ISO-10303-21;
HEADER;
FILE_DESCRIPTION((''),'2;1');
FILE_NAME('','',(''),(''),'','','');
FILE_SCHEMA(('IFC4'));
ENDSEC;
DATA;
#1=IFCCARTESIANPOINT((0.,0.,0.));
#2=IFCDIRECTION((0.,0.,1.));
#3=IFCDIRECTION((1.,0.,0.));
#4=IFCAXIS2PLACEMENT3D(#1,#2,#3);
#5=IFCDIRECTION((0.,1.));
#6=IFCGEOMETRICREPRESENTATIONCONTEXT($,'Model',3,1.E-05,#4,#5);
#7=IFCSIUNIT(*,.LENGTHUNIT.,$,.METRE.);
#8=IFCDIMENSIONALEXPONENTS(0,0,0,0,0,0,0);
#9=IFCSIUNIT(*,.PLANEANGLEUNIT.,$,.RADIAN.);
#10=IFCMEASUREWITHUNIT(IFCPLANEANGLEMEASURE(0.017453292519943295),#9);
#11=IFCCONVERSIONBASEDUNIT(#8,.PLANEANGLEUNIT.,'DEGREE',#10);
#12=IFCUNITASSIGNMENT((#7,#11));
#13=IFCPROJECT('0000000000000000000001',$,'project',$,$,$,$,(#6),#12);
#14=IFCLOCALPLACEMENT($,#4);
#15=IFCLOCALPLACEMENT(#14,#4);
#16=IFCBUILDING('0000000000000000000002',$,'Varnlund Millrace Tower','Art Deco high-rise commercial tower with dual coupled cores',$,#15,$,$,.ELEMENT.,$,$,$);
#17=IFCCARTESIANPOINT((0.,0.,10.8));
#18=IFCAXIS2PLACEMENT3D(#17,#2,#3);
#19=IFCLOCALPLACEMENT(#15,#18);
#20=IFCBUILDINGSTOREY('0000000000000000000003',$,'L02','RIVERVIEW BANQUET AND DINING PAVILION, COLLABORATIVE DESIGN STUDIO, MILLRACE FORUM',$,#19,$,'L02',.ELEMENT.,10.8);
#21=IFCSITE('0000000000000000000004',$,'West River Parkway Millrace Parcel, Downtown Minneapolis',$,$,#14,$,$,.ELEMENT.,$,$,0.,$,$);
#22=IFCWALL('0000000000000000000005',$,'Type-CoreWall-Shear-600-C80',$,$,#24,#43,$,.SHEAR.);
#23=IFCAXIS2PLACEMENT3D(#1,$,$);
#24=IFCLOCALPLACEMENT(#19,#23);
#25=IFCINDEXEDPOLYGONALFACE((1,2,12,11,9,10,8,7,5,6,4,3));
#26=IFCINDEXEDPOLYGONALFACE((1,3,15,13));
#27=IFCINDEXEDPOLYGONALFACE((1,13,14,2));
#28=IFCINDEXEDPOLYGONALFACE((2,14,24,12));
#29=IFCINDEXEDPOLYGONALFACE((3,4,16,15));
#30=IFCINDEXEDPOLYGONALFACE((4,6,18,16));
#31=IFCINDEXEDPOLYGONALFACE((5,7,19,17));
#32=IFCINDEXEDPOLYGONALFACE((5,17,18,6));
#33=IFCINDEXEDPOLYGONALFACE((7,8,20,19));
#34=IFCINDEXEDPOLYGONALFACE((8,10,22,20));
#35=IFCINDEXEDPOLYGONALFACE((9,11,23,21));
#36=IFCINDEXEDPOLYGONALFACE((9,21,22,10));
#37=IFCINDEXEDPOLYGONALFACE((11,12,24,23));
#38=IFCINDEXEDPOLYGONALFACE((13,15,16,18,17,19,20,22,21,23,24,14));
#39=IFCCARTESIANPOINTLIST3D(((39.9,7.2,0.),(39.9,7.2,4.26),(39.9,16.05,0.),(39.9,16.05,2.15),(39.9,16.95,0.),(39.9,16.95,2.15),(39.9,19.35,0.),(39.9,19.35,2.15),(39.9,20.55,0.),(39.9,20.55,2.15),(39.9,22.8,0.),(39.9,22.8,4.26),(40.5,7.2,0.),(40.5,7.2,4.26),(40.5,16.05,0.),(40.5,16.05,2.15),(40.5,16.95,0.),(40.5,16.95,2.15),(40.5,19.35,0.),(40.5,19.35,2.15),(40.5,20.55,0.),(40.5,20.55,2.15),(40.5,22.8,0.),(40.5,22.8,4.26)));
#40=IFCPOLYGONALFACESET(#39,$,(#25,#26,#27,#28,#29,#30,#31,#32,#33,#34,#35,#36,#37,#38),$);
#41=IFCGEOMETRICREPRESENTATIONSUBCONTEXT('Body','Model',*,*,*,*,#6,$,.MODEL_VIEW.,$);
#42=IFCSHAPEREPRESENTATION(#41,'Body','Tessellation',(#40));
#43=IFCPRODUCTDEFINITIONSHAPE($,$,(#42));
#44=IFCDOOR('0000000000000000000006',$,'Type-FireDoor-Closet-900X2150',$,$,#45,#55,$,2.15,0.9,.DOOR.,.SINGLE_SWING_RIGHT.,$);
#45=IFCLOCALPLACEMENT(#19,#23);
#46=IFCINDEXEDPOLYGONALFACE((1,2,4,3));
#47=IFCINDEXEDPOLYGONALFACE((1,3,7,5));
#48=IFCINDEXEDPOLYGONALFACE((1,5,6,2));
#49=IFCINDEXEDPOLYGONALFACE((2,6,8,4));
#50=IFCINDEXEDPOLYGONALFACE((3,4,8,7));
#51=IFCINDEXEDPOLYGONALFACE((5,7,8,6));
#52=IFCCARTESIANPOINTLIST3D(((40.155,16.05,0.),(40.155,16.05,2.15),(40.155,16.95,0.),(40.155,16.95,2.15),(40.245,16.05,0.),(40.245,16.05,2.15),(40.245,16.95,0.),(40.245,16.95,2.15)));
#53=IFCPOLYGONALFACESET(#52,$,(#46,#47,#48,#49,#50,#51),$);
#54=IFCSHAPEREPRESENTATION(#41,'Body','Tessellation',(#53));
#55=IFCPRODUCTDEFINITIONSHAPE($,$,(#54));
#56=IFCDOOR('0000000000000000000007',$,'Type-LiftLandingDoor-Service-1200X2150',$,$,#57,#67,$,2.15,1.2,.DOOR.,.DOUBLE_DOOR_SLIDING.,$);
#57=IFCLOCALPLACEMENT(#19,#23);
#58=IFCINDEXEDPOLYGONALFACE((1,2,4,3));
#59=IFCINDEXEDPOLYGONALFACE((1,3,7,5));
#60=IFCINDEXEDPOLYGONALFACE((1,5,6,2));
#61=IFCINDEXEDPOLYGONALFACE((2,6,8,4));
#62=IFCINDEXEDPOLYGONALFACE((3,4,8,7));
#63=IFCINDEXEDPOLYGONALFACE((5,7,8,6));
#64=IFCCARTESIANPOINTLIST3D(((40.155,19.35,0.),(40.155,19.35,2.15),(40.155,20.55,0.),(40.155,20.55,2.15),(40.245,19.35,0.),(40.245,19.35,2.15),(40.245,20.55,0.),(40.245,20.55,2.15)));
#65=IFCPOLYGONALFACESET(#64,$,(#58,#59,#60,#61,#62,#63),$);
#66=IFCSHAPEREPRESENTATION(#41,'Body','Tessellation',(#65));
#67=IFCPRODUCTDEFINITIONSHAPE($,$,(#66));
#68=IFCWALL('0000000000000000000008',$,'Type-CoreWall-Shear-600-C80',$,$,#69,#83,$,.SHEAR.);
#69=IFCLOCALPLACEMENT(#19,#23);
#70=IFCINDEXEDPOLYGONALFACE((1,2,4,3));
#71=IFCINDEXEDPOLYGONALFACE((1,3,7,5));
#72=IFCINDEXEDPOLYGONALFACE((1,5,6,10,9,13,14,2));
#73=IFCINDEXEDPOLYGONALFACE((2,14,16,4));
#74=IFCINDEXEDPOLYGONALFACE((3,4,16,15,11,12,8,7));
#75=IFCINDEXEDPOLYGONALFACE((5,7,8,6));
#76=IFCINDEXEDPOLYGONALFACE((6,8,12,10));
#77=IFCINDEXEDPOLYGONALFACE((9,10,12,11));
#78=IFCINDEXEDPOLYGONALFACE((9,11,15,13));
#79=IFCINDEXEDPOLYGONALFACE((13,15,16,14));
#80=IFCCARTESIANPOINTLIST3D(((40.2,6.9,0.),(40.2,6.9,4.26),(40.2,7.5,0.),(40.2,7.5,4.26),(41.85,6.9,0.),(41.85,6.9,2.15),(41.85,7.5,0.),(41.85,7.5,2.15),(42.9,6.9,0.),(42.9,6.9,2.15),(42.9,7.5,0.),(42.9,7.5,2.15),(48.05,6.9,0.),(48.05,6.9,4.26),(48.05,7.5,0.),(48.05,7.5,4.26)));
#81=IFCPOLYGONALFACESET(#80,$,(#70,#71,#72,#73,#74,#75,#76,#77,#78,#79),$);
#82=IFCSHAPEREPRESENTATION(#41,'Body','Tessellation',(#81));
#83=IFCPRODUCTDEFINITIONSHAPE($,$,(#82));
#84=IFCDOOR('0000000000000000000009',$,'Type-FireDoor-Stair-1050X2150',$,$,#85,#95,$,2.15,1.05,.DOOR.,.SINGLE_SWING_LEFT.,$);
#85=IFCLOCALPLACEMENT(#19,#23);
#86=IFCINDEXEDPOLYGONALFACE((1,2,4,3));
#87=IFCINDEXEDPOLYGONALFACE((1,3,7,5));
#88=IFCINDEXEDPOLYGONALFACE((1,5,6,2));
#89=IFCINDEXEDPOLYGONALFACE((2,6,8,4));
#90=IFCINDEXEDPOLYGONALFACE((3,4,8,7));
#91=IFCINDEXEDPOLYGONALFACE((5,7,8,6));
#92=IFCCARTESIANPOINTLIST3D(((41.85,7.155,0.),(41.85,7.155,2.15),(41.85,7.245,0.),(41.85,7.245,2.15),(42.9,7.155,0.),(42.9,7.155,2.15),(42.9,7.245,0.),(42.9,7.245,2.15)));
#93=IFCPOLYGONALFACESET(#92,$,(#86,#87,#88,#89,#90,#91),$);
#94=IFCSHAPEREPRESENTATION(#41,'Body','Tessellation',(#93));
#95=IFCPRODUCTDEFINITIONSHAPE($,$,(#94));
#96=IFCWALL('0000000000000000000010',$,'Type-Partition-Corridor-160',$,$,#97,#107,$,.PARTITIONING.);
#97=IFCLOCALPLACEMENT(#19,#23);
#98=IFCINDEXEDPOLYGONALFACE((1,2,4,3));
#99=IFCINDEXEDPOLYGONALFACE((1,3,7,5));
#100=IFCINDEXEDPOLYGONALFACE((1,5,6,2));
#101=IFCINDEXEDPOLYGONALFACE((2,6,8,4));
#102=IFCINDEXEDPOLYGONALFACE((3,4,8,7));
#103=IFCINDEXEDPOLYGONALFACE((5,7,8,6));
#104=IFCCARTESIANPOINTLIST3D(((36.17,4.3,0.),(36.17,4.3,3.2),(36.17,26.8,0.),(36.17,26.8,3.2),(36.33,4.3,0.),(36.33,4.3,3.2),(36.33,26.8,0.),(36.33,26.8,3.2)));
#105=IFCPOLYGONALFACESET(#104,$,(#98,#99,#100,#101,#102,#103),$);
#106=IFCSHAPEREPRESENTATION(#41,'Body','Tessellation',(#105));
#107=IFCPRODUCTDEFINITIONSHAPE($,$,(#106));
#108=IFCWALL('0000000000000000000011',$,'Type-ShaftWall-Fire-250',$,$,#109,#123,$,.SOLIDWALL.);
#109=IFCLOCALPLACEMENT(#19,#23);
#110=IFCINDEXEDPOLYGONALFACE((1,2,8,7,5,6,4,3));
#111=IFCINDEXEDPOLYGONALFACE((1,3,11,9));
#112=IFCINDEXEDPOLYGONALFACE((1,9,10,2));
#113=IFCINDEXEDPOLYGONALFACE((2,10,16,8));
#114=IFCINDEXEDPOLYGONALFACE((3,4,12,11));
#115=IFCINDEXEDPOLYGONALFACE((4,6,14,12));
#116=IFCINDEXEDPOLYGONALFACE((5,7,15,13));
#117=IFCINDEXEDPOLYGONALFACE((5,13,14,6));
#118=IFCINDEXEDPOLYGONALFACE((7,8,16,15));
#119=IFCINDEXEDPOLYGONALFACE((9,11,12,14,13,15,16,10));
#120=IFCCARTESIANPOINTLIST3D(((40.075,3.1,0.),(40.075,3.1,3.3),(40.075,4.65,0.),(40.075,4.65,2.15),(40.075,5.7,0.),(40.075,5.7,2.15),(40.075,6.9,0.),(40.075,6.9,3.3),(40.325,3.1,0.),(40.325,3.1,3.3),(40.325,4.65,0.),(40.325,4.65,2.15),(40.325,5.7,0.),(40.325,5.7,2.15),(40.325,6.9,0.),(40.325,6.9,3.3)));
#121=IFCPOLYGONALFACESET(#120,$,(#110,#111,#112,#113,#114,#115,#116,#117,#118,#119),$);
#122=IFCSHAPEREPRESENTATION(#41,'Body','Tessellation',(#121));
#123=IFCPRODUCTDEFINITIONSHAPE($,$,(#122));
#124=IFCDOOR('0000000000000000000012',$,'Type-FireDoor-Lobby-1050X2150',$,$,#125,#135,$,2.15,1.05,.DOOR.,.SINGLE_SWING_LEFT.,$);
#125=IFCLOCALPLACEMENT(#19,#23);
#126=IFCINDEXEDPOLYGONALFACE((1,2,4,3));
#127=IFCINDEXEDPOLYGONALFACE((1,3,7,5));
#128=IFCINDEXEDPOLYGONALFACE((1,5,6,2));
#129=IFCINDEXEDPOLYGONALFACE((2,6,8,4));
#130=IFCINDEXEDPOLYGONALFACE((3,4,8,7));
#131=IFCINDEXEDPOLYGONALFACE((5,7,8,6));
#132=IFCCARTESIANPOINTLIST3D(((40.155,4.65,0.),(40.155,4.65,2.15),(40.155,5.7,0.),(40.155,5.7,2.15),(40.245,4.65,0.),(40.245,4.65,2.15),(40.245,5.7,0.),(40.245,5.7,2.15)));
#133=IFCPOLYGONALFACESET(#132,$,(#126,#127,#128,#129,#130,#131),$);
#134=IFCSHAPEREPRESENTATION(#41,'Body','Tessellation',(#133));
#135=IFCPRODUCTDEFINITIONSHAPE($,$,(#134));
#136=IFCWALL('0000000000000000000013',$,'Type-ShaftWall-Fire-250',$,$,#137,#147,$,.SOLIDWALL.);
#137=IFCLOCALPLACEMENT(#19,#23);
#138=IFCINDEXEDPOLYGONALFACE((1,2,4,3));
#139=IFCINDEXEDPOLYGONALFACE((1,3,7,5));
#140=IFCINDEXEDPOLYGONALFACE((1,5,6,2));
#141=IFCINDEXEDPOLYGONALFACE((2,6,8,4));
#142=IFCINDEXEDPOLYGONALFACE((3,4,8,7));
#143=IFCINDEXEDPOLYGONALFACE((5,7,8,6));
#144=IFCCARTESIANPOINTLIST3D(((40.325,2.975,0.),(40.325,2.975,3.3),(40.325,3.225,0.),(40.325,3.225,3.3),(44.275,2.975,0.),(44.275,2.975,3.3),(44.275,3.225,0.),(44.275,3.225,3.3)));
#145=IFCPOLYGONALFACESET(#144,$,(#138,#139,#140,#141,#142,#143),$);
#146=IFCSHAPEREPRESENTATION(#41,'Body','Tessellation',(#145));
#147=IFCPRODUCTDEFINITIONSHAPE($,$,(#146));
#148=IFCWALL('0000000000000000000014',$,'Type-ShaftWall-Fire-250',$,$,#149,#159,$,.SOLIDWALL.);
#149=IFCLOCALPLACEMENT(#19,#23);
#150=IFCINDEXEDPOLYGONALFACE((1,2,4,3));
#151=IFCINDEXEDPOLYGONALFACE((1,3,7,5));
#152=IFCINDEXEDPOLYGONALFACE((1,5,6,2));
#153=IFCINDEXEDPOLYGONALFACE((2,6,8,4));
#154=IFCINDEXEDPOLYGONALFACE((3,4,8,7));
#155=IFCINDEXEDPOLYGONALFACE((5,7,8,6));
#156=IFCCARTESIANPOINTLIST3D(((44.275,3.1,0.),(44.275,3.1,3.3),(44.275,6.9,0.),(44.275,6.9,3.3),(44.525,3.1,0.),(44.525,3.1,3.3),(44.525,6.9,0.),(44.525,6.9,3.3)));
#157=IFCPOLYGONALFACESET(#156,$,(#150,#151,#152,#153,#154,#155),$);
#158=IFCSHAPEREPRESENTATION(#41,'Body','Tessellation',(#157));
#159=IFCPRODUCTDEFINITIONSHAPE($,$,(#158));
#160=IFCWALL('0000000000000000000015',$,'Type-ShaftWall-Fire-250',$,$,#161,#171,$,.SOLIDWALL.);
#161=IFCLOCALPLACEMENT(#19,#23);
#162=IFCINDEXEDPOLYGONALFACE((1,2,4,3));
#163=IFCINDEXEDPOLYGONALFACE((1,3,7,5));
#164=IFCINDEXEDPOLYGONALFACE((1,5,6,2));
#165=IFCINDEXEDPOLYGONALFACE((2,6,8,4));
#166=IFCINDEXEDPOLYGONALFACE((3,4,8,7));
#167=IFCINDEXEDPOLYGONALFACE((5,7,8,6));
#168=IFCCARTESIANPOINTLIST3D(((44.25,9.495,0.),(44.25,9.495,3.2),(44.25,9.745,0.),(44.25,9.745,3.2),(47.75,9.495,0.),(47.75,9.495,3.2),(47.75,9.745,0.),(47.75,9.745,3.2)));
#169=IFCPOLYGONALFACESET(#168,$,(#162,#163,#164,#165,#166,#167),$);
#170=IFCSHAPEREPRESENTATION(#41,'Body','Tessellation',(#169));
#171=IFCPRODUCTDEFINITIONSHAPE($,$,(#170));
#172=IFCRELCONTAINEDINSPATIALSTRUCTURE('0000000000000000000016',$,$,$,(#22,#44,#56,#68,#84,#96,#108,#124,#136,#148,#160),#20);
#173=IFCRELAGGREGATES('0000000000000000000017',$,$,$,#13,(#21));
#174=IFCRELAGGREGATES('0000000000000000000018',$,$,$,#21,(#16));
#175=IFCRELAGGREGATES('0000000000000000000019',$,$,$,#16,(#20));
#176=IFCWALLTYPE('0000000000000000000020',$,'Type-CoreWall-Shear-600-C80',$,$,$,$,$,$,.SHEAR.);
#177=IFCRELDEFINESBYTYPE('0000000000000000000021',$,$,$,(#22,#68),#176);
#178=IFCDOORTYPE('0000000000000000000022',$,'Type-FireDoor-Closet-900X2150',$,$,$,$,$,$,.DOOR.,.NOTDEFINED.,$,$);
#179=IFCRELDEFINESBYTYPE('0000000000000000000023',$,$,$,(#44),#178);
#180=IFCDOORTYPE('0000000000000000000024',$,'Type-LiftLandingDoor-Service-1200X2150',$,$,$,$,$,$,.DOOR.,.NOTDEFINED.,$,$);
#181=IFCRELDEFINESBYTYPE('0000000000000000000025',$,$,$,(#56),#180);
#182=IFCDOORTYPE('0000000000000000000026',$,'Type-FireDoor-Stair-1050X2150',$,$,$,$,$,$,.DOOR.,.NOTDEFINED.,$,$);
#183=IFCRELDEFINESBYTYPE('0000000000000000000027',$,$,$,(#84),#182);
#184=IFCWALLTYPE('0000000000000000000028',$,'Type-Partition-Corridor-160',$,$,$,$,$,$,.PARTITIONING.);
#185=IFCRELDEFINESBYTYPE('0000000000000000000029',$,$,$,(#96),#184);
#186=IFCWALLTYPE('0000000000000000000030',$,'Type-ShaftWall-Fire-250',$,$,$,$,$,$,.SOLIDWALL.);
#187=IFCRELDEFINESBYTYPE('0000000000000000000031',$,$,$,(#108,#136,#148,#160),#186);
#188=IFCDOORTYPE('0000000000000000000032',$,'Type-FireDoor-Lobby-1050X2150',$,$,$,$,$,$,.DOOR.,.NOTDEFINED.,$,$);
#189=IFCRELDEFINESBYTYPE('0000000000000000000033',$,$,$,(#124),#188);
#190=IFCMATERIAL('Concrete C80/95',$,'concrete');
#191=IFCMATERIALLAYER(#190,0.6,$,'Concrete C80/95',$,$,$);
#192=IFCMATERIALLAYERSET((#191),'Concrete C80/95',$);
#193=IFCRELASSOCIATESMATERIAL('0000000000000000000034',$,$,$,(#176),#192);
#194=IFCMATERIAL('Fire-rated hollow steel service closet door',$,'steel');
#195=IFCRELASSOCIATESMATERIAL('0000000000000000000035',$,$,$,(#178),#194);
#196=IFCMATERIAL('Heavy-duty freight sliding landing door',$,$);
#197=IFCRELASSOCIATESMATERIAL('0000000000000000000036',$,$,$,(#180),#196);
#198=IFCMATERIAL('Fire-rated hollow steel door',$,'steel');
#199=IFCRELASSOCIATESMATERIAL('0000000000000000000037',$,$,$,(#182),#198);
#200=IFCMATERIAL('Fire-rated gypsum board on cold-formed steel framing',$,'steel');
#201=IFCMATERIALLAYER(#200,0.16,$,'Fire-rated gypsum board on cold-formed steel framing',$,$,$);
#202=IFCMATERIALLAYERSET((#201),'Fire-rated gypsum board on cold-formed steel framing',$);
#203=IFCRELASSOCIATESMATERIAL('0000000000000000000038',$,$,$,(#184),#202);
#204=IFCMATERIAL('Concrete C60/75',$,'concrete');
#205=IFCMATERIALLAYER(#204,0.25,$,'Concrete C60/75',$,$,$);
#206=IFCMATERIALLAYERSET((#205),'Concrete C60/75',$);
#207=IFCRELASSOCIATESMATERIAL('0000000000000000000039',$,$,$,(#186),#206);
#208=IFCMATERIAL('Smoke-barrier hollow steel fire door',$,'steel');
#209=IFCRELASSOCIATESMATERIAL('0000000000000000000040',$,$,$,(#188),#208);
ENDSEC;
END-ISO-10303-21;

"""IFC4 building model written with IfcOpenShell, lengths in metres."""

from ifc_helpers import new_model, entity, si_unit, converted_unit, direction, frame, origin_with_axes, origin_2d_with_axis, place, context, subcontext, project, spatial, polyline, rectangle, outline, extrude, material, layer, layer_set, type_object, element, fill, save


model = new_model("IFC4")

# Units and contexts
model_context = context("Model", 3, precision=1e-05, world=origin_with_axes(), true_north=direction((0.0, 1.0)))
body_context = subcontext(model_context, "Body", "Model", "MODEL_VIEW")
ifc_project = project(units=[si_unit("LENGTHUNIT", "METRE"), converted_unit("PLANEANGLEUNIT", "DEGREE", entity("IfcPlaneAngleMeasure", 0.017453292519943295), si_unit("PLANEANGLEUNIT", "RADIAN"), dimensions=[0, 0, 0, 0, 0, 0, 0])], contexts=[model_context])

# Site, building, storey
site_placement = place(None, origin_with_axes())
site = spatial("IfcSite", under=ifc_project, at=site_placement, Name="West River Parkway Millrace Parcel, Downtown Minneapolis", CompositionType="ELEMENT", RefElevation=0.0)
building_placement = place(site_placement, origin_with_axes())
building = spatial("IfcBuilding", under=site, at=building_placement, Name="Varnlund Millrace Tower", Description="Art Deco high-rise commercial tower with dual coupled cores", CompositionType="ELEMENT")
storey_placement = place(building_placement, frame((0.0, 0.0, 10.8), z_axis=(0.0, 0.0, 1.0), x_axis=(1.0, 0.0, 0.0)))
storey = spatial("IfcBuildingStorey", under=building, at=storey_placement, Name="L02", Description="RIVERVIEW BANQUET AND DINING PAVILION, COLLABORATIVE DESIGN STUDIO, MILLRACE FORUM", LongName="L02", CompositionType="ELEMENT", Elevation=10.8)

# Shared definitions
ifc_material_1 = material(Name="Concrete C80/95", Category="concrete")

# Wall, openings, doors
ifc_layer_1 = layer(ifc_material_1, 0.6, Name="Concrete C80/95")
ifc_layer_set_1 = layer_set([ifc_layer_1], Name="Concrete C80/95")
wall_type_1 = type_object("IfcWallType", Name="Type-CoreWall-Shear-600-C80", PredefinedType="SHEAR", material=ifc_layer_set_1)
wall_1_placement = place(storey_placement, frame((40.2, 7.2, 0.0), z_axis=(0.0, 0.0, 1.0), x_axis=(0.0, 1.0, 0.0)))
wall_1 = element("IfcWall", 1, at=wall_1_placement, inside=storey, type_object=wall_type_1, Name="Type-CoreWall-Shear-600-C80", PredefinedType="SHEAR", context=body_context, shape_type="SweptSolid", body=[
    extrude(outline(polyline([(0.0, -0.3), (15.6, -0.3), (15.6, 0.3), (0.0, 0.3), (0.0, -0.3)])), origin_with_axes(), (0.0, 0.0, 1.0), 4.26),
])
opening_1_placement = place(wall_1_placement, frame((12.75, 0.0, 0.0), z_axis=(0.0, 0.0, 1.0), x_axis=(1.0, 0.0, 0.0)))
opening_1 = element("IfcOpeningElement", 2, at=opening_1_placement, cuts=wall_1, PredefinedType="OPENING", context=body_context, shape_type="SweptSolid", body=[
    extrude(rectangle(XDim=1.2, YDim=0.62, at=origin_2d_with_axis()), origin_with_axes(), (0.0, 0.0, 1.0), 2.15),
])
opening_2_placement = place(wall_1_placement, frame((9.3, 0.0, 0.0), z_axis=(0.0, 0.0, 1.0), x_axis=(1.0, 0.0, 0.0)))
opening_2 = element("IfcOpeningElement", 3, at=opening_2_placement, cuts=wall_1, PredefinedType="OPENING", context=body_context, shape_type="SweptSolid", body=[
    extrude(rectangle(XDim=0.9, YDim=0.62, at=origin_2d_with_axis()), origin_with_axes(), (0.0, 0.0, 1.0), 2.15),
])
ifc_material_2 = material(Name="Fire-rated hollow steel service closet door", Category="steel")
door_type_1 = type_object("IfcDoorType", Name="Type-FireDoor-Closet-900X2150", OperationType="NOTDEFINED", PredefinedType="DOOR", material=ifc_material_2)
door_1_placement = place(wall_1_placement, frame((9.3, 0.0, 0.0), z_axis=(0.0, 0.0, 1.0), x_axis=(1.0, 0.0, 0.0)))
door_1 = element("IfcDoor", 4, at=door_1_placement, inside=storey, type_object=door_type_1, Name="Type-FireDoor-Closet-900X2150", OperationType="SINGLE_SWING_RIGHT", OverallHeight=2.15, OverallWidth=0.9, PredefinedType="DOOR", context=body_context, shape_type="SweptSolid", body=[
    extrude(rectangle(XDim=0.9, YDim=0.09, at=origin_2d_with_axis()), origin_with_axes(), (0.0, 0.0, 1.0), 2.15),
])
fill(opening_2, door_1)
ifc_material_3 = material(Name="Heavy-duty freight sliding landing door")
door_type_2 = type_object("IfcDoorType", Name="Type-LiftLandingDoor-Service-1200X2150", OperationType="NOTDEFINED", PredefinedType="DOOR", material=ifc_material_3)
door_2_placement = place(wall_1_placement, frame((12.75, 0.0, 0.0), z_axis=(0.0, 0.0, 1.0), x_axis=(1.0, 0.0, 0.0)))
door_2 = element("IfcDoor", 5, at=door_2_placement, inside=storey, type_object=door_type_2, Name="Type-LiftLandingDoor-Service-1200X2150", OperationType="DOUBLE_DOOR_SLIDING", OverallHeight=2.15, OverallWidth=1.2, PredefinedType="DOOR", context=body_context, shape_type="SweptSolid", body=[
    extrude(rectangle(XDim=1.2, YDim=0.09, at=origin_2d_with_axis()), origin_with_axes(), (0.0, 0.0, 1.0), 2.15),
])
fill(opening_1, door_2)

# Wall, opening, door
wall_2_placement = place(storey_placement, frame((40.2, 7.2, 0.0), z_axis=(0.0, 0.0, 1.0), x_axis=(1.0, 0.0, 0.0)))
wall_2 = element("IfcWall", 6, at=wall_2_placement, inside=storey, type_object=wall_type_1, Name="Type-CoreWall-Shear-600-C80", PredefinedType="SHEAR", context=body_context, shape_type="SweptSolid", body=[
    extrude(outline(polyline([(0.0, -0.3), (7.85, -0.3), (7.85, 0.3), (0.0, 0.3), (0.0, -0.3)])), origin_with_axes(), (0.0, 0.0, 1.0), 4.26),
])
opening_3_placement = place(wall_2_placement, frame((2.175, 0.0, 0.0), z_axis=(0.0, 0.0, 1.0), x_axis=(1.0, 0.0, 0.0)))
opening_3 = element("IfcOpeningElement", 7, at=opening_3_placement, cuts=wall_2, PredefinedType="OPENING", context=body_context, shape_type="SweptSolid", body=[
    extrude(rectangle(XDim=1.05, YDim=0.62, at=origin_2d_with_axis()), origin_with_axes(), (0.0, 0.0, 1.0), 2.15),
])
ifc_material_4 = material(Name="Fire-rated hollow steel door", Category="steel")
door_type_3 = type_object("IfcDoorType", Name="Type-FireDoor-Stair-1050X2150", OperationType="NOTDEFINED", PredefinedType="DOOR", material=ifc_material_4)
door_3_placement = place(wall_2_placement, frame((2.175, 0.0, 0.0), z_axis=(0.0, 0.0, 1.0), x_axis=(1.0, 0.0, 0.0)))
door_3 = element("IfcDoor", 8, at=door_3_placement, inside=storey, type_object=door_type_3, Name="Type-FireDoor-Stair-1050X2150", OperationType="SINGLE_SWING_LEFT", OverallHeight=2.15, OverallWidth=1.05, PredefinedType="DOOR", context=body_context, shape_type="SweptSolid", body=[
    extrude(rectangle(XDim=1.05, YDim=0.09, at=origin_2d_with_axis()), origin_with_axes(), (0.0, 0.0, 1.0), 2.15),
])
fill(opening_3, door_3)

# Wall
ifc_material_5 = material(Name="Fire-rated gypsum board on cold-formed steel framing", Category="steel")
ifc_layer_2 = layer(ifc_material_5, 0.16, Name="Fire-rated gypsum board on cold-formed steel framing")
ifc_layer_set_2 = layer_set([ifc_layer_2], Name="Fire-rated gypsum board on cold-formed steel framing")
wall_type_2 = type_object("IfcWallType", Name="Type-Partition-Corridor-160", PredefinedType="PARTITIONING", material=ifc_layer_set_2)
wall_3_placement = place(storey_placement, frame((36.25, 4.3, 0.0), z_axis=(0.0, 0.0, 1.0), x_axis=(0.0, 1.0, 0.0)))
element("IfcWall", 9, at=wall_3_placement, inside=storey, type_object=wall_type_2, Name="Type-Partition-Corridor-160", PredefinedType="PARTITIONING", context=body_context, shape_type="SweptSolid", body=[
    extrude(outline(polyline([(0.0, -0.08), (22.5, -0.08), (22.5, 0.08), (0.0, 0.08), (0.0, -0.08)])), origin_with_axes(), (0.0, 0.0, 1.0), 3.2),
])

# Wall, opening, door
ifc_material_6 = material(Name="Concrete C60/75", Category="concrete")
ifc_layer_3 = layer(ifc_material_6, 0.25, Name="Concrete C60/75")
ifc_layer_set_3 = layer_set([ifc_layer_3], Name="Concrete C60/75")
wall_type_3 = type_object("IfcWallType", Name="Type-ShaftWall-Fire-250", PredefinedType="SOLIDWALL", material=ifc_layer_set_3)
wall_4_placement = place(storey_placement, frame((40.2, 3.1, 0.0), z_axis=(0.0, 0.0, 1.0), x_axis=(0.0, 1.0, 0.0)))
wall_4 = element("IfcWall", 10, at=wall_4_placement, inside=storey, type_object=wall_type_3, Name="Type-ShaftWall-Fire-250", PredefinedType="SOLIDWALL", context=body_context, shape_type="SweptSolid", body=[
    extrude(outline(polyline([(0.0, -0.125), (3.8, -0.125), (3.8, 0.125), (0.0, 0.125), (0.0, -0.125)])), origin_with_axes(), (0.0, 0.0, 1.0), 3.3),
])
opening_4_placement = place(wall_4_placement, frame((2.075, 0.0, 0.0), z_axis=(0.0, 0.0, 1.0), x_axis=(1.0, 0.0, 0.0)))
opening_4 = element("IfcOpeningElement", 11, at=opening_4_placement, cuts=wall_4, PredefinedType="OPENING", context=body_context, shape_type="SweptSolid", body=[
    extrude(rectangle(XDim=1.05, YDim=0.27, at=origin_2d_with_axis()), origin_with_axes(), (0.0, 0.0, 1.0), 2.15),
])
ifc_material_7 = material(Name="Smoke-barrier hollow steel fire door", Category="steel")
door_type_4 = type_object("IfcDoorType", Name="Type-FireDoor-Lobby-1050X2150", OperationType="NOTDEFINED", PredefinedType="DOOR", material=ifc_material_7)
door_4_placement = place(wall_4_placement, frame((2.075, 0.0, 0.0), z_axis=(0.0, 0.0, 1.0), x_axis=(1.0, 0.0, 0.0)))
door_4 = element("IfcDoor", 12, at=door_4_placement, inside=storey, type_object=door_type_4, Name="Type-FireDoor-Lobby-1050X2150", OperationType="SINGLE_SWING_LEFT", OverallHeight=2.15, OverallWidth=1.05, PredefinedType="DOOR", context=body_context, shape_type="SweptSolid", body=[
    extrude(rectangle(XDim=1.05, YDim=0.09, at=origin_2d_with_axis()), origin_with_axes(), (0.0, 0.0, 1.0), 2.15),
])
fill(opening_4, door_4)

# Walls
wall_5_placement = place(storey_placement, frame((40.325, 3.1, 0.0), z_axis=(0.0, 0.0, 1.0), x_axis=(1.0, 0.0, 0.0)))
element("IfcWall", 13, at=wall_5_placement, inside=storey, type_object=wall_type_3, Name="Type-ShaftWall-Fire-250", PredefinedType="SOLIDWALL", context=body_context, shape_type="SweptSolid", body=[
    extrude(outline(polyline([(0.0, -0.125), (3.95, -0.125), (3.95, 0.125), (0.0, 0.125), (0.0, -0.125)])), origin_with_axes(), (0.0, 0.0, 1.0), 3.3),
])
wall_6_placement = place(storey_placement, frame((44.4, 3.1, 0.0), z_axis=(0.0, 0.0, 1.0), x_axis=(0.0, 1.0, 0.0)))
element("IfcWall", 14, at=wall_6_placement, inside=storey, type_object=wall_type_3, Name="Type-ShaftWall-Fire-250", PredefinedType="SOLIDWALL", context=body_context, shape_type="SweptSolid", body=[
    extrude(outline(polyline([(0.0, -0.125), (3.8, -0.125), (3.8, 0.125), (0.0, 0.125), (0.0, -0.125)])), origin_with_axes(), (0.0, 0.0, 1.0), 3.3),
])
wall_7_placement = place(storey_placement, frame((44.25, 9.62, 0.0), z_axis=(0.0, 0.0, 1.0), x_axis=(1.0, 0.0, 0.0)))
element("IfcWall", 15, at=wall_7_placement, inside=storey, type_object=wall_type_3, Name="Type-ShaftWall-Fire-250", PredefinedType="SOLIDWALL", context=body_context, shape_type="SweptSolid", body=[
    extrude(outline(polyline([(0.0, -0.125), (3.5, -0.125), (3.5, 0.125), (0.0, 0.125), (0.0, -0.125)])), origin_with_axes(), (0.0, 0.0, 1.0), 3.2),
])

save(model, "model.ifc")
